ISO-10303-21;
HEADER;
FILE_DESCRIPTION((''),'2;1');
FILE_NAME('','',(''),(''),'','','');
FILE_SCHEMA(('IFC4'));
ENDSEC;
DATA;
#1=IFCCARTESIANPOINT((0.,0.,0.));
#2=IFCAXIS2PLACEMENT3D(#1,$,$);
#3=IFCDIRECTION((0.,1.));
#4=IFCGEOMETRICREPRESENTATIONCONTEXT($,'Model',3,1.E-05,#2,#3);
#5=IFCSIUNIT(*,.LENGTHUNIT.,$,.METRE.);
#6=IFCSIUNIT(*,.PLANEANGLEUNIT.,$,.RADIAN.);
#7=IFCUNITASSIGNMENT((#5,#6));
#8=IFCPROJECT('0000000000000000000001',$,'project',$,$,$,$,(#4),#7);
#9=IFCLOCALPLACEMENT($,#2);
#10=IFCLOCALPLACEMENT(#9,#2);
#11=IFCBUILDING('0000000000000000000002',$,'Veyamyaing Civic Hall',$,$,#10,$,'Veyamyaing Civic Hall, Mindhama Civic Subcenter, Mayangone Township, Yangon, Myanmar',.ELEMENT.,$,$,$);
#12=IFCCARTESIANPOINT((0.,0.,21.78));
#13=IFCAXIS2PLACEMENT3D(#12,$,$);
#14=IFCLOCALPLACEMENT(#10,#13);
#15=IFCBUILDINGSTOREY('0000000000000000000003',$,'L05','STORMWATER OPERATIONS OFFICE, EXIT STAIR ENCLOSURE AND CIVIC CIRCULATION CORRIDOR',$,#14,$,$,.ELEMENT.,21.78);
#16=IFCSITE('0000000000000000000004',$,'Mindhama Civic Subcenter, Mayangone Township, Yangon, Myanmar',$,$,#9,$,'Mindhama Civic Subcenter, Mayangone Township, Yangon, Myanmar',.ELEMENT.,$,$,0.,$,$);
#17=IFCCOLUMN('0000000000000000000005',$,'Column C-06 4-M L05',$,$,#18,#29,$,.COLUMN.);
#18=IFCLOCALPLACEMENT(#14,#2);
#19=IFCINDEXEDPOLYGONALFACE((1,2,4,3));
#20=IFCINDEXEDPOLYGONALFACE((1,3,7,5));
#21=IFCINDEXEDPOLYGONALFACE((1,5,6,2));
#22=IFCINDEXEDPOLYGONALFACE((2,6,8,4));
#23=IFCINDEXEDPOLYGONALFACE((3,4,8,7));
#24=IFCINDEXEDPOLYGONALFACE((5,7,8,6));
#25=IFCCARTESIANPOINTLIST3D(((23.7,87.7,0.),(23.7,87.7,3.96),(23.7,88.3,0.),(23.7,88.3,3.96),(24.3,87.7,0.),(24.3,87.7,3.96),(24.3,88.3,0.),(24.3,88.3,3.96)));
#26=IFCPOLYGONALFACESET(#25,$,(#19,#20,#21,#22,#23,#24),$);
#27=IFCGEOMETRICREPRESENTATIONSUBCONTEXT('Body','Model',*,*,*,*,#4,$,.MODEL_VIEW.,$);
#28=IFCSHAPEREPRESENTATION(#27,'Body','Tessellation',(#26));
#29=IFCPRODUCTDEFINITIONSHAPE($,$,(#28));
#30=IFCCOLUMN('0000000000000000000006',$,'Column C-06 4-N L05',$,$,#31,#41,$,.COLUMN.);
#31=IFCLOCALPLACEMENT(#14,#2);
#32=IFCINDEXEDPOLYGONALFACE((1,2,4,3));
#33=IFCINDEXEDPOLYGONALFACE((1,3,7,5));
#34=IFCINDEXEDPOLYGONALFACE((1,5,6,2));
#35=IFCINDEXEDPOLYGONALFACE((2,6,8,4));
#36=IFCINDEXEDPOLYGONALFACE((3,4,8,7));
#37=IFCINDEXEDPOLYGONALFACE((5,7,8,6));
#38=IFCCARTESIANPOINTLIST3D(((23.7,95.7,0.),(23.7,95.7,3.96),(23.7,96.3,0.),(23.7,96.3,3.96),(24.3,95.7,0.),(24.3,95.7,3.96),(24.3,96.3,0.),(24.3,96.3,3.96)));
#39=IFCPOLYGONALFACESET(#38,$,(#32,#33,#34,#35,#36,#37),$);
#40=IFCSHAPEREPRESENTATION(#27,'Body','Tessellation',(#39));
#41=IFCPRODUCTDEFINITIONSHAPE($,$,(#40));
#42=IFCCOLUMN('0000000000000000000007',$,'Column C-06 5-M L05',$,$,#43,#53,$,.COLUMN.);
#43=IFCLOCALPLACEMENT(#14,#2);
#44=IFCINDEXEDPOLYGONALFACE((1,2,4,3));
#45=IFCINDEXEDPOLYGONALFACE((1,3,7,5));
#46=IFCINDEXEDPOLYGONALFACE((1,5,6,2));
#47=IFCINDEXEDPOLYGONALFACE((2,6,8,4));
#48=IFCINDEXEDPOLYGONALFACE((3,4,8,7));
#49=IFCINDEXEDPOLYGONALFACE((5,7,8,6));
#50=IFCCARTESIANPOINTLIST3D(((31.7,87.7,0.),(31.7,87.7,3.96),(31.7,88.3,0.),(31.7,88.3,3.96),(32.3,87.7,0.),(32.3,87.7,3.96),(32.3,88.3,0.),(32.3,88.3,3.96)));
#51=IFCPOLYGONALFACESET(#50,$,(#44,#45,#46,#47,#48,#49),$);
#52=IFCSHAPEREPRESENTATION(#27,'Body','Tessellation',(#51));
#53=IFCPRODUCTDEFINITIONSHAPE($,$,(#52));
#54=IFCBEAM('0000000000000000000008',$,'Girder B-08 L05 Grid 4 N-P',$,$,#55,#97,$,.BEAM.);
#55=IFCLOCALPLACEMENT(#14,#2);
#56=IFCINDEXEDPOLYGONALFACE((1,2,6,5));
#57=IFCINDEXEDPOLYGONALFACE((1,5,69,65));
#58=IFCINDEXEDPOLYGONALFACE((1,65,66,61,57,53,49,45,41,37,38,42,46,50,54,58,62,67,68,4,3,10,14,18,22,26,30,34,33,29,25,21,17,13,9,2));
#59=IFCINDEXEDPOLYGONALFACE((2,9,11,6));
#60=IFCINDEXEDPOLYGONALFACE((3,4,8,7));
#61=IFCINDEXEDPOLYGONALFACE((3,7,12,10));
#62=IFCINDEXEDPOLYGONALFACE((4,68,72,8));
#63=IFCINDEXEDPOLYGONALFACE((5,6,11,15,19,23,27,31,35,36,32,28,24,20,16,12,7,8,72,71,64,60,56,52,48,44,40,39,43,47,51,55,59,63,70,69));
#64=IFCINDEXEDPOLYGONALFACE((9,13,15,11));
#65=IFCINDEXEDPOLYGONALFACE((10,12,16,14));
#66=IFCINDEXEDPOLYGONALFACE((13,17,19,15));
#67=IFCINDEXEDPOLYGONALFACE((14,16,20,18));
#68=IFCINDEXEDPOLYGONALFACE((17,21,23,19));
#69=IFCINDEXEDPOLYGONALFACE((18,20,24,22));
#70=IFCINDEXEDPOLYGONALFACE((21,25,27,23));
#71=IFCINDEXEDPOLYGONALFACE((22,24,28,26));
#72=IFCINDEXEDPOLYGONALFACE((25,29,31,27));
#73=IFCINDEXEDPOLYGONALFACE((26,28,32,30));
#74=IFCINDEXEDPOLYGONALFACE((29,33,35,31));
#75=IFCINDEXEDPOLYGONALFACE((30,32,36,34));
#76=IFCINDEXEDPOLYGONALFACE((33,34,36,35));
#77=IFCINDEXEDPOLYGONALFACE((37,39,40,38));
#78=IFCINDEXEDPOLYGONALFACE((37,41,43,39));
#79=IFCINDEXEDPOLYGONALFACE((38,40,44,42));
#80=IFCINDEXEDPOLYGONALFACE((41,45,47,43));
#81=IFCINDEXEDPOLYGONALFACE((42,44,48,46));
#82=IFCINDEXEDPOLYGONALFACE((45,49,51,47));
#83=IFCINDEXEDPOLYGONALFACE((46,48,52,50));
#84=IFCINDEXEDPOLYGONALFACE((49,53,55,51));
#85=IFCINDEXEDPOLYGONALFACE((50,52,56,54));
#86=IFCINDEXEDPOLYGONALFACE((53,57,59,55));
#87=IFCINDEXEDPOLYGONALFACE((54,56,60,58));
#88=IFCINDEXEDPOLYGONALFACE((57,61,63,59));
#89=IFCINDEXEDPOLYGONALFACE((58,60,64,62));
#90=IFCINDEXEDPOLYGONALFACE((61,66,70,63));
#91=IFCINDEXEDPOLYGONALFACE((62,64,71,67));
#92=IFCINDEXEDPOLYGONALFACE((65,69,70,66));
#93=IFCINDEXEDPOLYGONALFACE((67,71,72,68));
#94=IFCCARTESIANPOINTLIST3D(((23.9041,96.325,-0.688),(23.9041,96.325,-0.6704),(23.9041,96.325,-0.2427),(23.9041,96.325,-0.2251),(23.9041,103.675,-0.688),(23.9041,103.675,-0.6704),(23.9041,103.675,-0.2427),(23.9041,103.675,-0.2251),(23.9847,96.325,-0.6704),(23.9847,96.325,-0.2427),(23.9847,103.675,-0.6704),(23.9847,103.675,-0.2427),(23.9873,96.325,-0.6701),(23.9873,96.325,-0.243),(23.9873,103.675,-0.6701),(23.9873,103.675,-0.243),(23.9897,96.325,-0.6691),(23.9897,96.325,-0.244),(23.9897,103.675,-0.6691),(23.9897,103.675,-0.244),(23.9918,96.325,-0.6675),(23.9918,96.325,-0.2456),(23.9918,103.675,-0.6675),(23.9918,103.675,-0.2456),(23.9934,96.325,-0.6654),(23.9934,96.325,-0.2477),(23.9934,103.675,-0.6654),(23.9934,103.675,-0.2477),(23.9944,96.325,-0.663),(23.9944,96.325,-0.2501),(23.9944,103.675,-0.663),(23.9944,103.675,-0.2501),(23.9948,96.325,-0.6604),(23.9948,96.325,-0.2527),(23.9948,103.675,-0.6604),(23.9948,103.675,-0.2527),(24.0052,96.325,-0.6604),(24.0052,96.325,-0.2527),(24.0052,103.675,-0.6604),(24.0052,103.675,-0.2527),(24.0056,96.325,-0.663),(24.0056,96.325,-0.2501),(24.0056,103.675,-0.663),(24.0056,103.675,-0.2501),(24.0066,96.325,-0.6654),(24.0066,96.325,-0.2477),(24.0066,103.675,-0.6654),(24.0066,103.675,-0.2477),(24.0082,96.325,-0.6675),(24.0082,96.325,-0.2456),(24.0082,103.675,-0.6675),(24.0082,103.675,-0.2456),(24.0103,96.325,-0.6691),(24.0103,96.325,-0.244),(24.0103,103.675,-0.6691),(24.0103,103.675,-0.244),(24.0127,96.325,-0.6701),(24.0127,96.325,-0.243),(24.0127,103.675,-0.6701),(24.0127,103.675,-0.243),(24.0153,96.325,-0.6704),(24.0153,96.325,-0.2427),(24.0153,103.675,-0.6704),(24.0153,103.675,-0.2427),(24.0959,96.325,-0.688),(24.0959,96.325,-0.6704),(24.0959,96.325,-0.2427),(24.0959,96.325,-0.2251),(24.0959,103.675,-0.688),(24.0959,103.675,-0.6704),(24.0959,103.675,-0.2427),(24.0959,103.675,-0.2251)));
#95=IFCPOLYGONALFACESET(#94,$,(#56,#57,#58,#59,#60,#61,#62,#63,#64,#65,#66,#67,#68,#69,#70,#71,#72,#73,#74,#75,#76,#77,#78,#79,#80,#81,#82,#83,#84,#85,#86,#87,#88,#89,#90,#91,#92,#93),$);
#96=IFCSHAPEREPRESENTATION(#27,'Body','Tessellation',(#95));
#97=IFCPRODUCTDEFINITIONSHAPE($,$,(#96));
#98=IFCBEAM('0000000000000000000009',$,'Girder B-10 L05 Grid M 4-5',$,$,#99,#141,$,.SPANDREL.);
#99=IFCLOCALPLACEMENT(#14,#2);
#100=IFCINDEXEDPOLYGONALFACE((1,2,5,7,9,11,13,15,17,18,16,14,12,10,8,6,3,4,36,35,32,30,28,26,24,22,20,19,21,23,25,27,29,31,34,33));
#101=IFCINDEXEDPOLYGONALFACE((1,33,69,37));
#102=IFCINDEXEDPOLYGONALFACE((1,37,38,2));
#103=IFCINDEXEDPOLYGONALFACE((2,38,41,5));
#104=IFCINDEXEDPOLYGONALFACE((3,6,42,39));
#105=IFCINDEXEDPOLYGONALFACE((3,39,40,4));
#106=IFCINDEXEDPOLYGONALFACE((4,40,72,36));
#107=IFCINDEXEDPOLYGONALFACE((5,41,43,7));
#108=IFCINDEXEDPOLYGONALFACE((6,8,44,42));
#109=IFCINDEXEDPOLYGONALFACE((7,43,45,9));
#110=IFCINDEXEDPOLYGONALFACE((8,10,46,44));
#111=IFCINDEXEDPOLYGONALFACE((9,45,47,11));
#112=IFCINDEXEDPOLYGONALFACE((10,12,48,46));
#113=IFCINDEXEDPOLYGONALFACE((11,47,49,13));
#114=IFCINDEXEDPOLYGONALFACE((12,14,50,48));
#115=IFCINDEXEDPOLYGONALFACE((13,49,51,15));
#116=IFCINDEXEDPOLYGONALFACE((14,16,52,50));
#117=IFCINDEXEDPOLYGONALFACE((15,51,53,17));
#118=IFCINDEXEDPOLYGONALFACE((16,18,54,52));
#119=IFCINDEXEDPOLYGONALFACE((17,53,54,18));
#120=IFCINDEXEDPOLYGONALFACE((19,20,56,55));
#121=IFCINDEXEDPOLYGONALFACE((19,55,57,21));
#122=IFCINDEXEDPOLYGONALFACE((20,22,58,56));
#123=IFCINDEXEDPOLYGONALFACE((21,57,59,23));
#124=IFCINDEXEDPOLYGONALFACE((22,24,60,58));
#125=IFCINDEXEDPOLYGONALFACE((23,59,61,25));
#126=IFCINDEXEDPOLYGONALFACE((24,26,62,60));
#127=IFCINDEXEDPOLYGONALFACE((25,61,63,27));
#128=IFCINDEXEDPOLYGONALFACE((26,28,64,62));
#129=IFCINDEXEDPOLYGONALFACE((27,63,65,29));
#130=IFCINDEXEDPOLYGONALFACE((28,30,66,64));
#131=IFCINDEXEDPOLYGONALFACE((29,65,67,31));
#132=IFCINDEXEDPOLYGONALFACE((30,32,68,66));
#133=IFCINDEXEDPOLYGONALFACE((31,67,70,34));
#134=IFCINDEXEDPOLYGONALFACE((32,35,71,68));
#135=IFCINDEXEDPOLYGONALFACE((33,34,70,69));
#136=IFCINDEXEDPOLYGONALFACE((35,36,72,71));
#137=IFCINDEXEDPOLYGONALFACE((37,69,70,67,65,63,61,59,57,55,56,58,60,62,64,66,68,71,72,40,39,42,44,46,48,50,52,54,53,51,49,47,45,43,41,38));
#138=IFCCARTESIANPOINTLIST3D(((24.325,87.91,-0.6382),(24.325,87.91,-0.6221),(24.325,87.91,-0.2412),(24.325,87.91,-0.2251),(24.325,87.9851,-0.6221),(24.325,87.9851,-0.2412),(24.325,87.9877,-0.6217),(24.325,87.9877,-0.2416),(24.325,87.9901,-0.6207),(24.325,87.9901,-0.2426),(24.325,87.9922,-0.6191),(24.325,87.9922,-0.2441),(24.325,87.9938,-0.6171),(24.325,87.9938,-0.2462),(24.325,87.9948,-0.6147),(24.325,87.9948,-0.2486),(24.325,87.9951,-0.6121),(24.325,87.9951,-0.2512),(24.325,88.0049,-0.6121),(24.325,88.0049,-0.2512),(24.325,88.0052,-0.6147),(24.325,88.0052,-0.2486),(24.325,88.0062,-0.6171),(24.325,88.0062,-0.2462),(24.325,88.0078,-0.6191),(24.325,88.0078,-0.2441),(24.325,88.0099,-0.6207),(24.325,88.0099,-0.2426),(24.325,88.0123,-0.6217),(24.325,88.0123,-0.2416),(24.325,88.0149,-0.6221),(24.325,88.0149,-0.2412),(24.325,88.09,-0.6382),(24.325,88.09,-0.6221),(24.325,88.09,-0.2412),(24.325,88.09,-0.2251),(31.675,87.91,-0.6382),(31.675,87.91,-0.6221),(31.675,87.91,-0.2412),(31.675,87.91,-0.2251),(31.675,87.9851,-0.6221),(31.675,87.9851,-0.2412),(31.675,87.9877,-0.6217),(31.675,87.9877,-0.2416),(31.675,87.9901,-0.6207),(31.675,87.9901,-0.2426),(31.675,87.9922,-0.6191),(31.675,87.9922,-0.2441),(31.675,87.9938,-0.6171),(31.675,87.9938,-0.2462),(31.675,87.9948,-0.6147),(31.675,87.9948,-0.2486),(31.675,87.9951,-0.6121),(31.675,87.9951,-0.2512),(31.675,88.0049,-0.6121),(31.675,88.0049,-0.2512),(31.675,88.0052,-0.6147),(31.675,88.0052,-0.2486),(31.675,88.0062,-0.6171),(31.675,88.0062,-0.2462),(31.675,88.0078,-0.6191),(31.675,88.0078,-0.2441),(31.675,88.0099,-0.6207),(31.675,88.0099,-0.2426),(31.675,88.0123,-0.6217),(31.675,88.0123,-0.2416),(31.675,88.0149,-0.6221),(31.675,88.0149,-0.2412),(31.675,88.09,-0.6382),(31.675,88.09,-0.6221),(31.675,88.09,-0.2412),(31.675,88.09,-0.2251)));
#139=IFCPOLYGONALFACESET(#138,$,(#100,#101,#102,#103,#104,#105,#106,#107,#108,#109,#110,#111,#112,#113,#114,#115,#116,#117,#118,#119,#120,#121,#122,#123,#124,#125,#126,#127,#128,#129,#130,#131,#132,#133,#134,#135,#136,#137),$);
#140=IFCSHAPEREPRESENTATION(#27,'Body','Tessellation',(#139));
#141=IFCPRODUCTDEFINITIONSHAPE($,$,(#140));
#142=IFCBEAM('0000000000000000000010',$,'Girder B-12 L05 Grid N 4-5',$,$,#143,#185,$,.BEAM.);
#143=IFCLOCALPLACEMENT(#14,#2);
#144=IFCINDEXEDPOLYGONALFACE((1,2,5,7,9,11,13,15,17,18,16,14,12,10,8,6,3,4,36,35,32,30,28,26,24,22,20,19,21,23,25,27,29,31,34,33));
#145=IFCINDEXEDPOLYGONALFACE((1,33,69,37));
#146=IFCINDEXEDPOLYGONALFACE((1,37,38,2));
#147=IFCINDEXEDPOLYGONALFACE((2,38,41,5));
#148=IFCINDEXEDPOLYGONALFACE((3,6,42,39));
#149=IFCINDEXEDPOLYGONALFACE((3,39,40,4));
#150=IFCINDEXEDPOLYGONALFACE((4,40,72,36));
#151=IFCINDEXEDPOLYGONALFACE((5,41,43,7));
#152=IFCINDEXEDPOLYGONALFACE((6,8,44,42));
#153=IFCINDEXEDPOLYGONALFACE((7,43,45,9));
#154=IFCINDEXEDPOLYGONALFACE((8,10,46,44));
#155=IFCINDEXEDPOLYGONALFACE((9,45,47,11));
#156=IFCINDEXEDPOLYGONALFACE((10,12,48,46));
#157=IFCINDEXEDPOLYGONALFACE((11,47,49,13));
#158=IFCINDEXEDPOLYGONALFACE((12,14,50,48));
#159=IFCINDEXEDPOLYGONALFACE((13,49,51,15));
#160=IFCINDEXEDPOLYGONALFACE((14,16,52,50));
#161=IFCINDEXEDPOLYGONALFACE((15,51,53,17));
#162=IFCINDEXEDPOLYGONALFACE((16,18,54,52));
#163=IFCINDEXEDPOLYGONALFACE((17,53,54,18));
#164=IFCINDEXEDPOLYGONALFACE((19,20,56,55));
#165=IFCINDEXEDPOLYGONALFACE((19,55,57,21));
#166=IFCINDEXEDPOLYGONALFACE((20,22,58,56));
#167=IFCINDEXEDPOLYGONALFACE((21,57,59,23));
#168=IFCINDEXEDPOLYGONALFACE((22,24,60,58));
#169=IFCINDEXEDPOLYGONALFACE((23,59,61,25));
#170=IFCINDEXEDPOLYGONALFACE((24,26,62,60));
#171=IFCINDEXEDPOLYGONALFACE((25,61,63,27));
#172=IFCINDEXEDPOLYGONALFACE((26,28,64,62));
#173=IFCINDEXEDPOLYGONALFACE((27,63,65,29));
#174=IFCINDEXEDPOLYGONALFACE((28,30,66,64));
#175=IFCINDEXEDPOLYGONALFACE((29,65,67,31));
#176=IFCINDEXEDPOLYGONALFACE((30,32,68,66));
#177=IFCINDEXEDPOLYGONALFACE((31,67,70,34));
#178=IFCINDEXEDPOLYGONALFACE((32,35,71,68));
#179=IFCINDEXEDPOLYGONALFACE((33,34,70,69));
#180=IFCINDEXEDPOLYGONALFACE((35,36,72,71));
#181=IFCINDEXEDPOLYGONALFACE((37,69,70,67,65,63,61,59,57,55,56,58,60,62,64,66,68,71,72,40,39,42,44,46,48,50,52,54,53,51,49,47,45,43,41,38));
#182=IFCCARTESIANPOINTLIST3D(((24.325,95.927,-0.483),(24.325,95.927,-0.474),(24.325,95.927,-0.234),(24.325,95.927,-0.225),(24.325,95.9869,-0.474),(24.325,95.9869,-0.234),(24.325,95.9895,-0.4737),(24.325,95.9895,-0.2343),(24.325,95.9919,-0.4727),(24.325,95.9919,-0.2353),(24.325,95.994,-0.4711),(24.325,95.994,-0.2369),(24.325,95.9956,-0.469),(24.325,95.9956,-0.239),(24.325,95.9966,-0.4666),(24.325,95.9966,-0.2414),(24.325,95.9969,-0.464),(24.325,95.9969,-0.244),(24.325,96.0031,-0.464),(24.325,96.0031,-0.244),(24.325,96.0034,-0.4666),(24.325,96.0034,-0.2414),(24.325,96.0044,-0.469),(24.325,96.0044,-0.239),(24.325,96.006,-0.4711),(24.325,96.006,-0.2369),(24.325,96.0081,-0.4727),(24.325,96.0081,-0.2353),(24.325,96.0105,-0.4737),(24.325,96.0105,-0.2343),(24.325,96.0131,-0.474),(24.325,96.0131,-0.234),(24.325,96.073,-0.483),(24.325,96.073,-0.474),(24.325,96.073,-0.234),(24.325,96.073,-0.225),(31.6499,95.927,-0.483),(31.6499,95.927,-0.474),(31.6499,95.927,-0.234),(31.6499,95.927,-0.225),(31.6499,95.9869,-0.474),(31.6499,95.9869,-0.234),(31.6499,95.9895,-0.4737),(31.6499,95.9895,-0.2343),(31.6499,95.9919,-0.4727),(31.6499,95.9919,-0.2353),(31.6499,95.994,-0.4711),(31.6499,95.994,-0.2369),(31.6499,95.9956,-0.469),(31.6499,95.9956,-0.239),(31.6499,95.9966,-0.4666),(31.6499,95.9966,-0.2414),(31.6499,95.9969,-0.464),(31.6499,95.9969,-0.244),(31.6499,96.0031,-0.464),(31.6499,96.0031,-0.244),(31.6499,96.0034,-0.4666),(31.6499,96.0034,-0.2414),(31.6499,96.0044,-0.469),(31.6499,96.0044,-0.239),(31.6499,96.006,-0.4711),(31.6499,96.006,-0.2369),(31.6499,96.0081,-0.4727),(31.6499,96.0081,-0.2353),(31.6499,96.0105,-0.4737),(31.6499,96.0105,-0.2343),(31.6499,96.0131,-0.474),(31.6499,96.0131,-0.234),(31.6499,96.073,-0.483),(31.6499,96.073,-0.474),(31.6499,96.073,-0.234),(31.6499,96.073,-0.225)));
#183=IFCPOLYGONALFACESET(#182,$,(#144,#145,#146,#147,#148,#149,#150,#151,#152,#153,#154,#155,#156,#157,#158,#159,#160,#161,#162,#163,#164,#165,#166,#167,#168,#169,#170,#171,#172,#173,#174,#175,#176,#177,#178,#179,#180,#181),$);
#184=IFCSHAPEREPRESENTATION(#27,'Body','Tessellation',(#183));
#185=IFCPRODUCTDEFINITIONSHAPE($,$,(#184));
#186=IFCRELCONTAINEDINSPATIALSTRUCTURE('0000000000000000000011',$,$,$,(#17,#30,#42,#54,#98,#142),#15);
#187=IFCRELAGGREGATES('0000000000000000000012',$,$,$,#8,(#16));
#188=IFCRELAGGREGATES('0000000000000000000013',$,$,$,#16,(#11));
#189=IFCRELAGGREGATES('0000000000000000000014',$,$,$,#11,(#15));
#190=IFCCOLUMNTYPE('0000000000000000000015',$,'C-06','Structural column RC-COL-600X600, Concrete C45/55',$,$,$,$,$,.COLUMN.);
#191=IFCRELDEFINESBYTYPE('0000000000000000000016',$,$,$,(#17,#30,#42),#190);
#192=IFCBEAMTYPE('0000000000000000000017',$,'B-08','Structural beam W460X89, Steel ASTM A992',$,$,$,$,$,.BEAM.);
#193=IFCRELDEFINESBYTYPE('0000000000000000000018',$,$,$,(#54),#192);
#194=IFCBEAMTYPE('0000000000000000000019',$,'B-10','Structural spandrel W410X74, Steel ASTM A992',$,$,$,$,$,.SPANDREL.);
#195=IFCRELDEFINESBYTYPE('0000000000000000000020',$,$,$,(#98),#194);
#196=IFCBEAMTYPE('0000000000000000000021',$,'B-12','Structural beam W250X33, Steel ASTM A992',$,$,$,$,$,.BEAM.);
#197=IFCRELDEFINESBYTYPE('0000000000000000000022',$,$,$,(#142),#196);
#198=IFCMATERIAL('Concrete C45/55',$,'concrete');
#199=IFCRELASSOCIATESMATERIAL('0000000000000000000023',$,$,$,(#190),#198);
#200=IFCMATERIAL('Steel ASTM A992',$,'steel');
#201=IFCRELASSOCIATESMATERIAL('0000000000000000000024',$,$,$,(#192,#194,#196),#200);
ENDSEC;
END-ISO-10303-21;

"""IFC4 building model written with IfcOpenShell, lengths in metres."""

from ifc_helpers import new_model, si_unit, direction, frame, origin, origin_2d, place, context, subcontext, project, spatial, rectangle, i_section, extrude, material, material_profile, profile_set, type_object, element, save


model = new_model("IFC4")

# Units and contexts
model_context = context("Model", 3, precision=1e-05, world=origin(), true_north=direction((0.0, 1.0)))
body_context = subcontext(model_context, "Body", "Model", "MODEL_VIEW")
ifc_project = project(units=[si_unit("LENGTHUNIT", "METRE"), si_unit("PLANEANGLEUNIT", "RADIAN")], contexts=[model_context])

# Site, building, storey
site_placement = place(None, origin())
site = spatial("IfcSite", under=ifc_project, at=site_placement, Name="Mindhama Civic Subcenter, Mayangone Township, Yangon, Myanmar", LongName="Mindhama Civic Subcenter, Mayangone Township, Yangon, Myanmar", CompositionType="ELEMENT", RefElevation=0.0)
building_placement = place(site_placement, origin())
building = spatial("IfcBuilding", under=site, at=building_placement, Name="Veyamyaing Civic Hall", LongName="Veyamyaing Civic Hall, Mindhama Civic Subcenter, Mayangone Township, Yangon, Myanmar", CompositionType="ELEMENT")
storey_placement = place(building_placement, frame((0.0, 0.0, 21.78)))
storey = spatial("IfcBuildingStorey", under=building, at=storey_placement, Name="L05", Description="STORMWATER OPERATIONS OFFICE, EXIT STAIR ENCLOSURE AND CIVIC CIRCULATION CORRIDOR", CompositionType="ELEMENT", Elevation=21.78)

# Columns
ifc_material_1 = material(Name="Concrete C45/55", Category="concrete")
ifc_material_profile_1 = material_profile(ifc_material_1, rectangle(XDim=0.6001, YDim=0.6001, at=origin_2d()), Name="RC-COL-600X600")
ifc_profile_set_1 = profile_set([ifc_material_profile_1], Name="Concrete C45/55")
column_type = type_object("IfcColumnType", Name="C-06", Description="Structural column RC-COL-600X600, Concrete C45/55", PredefinedType="COLUMN", material=ifc_profile_set_1)
for number, where, z_axis, x_axis, name in (
    (1, (24.0, 88.0, 0.0), (0.0, 0.0, 1.0), (1.0, 0.0, 0.0), "Column C-06 4-M L05"),
    (2, (24.0, 96.0, 0.0), (0.0, 0.0, 1.0), (1.0, 0.0, 0.0), "Column C-06 4-N L05"),
    (3, (32.0, 88.0, 0.0), (0.0, 0.0, 1.0), (1.0, 0.0, 0.0), "Column C-06 5-M L05"),
):
    element("IfcColumn", number, at=place(storey_placement, frame(where, z_axis=z_axis, x_axis=x_axis)), inside=storey, type_object=column_type, Name=name, PredefinedType="COLUMN", context=body_context, shape_type="SweptSolid", body=[
        extrude(rectangle(XDim=0.6001, YDim=0.6001, at=origin_2d()), origin(), (0.0, 0.0, 1.0), 3.96),
    ])

# Beams
ifc_material_2 = material(Name="Steel ASTM A992", Category="steel")
ifc_material_profile_2 = material_profile(ifc_material_2, i_section(OverallWidth=0.1919, OverallDepth=0.4629, WebThickness=0.0105, FlangeThickness=0.0176, FilletRadius=0.01, at=origin_2d()), Name="W460X89")
ifc_profile_set_2 = profile_set([ifc_material_profile_2], Name="Steel ASTM A992")
beam_type_1 = type_object("IfcBeamType", Name="B-08", Description="Structural beam W460X89, Steel ASTM A992", PredefinedType="BEAM", material=ifc_profile_set_2)
beam_1_placement = place(storey_placement, frame((24.0, 96.325, -0.4565), z_axis=(0.0, 1.0, 0.0), x_axis=(-1.0, 0.0, 0.0)))
element("IfcBeam", 4, at=beam_1_placement, inside=storey, type_object=beam_type_1, Name="Girder B-08 L05 Grid 4 N-P", PredefinedType="BEAM", context=body_context, shape_type="SweptSolid", body=[
    extrude(i_section(OverallWidth=0.1919, OverallDepth=0.4629, WebThickness=0.0105, FlangeThickness=0.0176, FilletRadius=0.01, at=origin_2d()), origin(), (0.0, 0.0, 1.0), 7.3501),
])
ifc_material_profile_3 = material_profile(ifc_material_2, i_section(OverallWidth=0.1799, OverallDepth=0.4131, WebThickness=0.0098, FlangeThickness=0.0161, FilletRadius=0.01, at=origin_2d()), Name="W410X74")
ifc_profile_set_3 = profile_set([ifc_material_profile_3], Name="Steel ASTM A992")
beam_type_2 = type_object("IfcBeamType", Name="B-10", Description="Structural spandrel W410X74, Steel ASTM A992", PredefinedType="SPANDREL", material=ifc_profile_set_3)
beam_2_placement = place(storey_placement, frame((24.325, 88.0, -0.4316), z_axis=(1.0, 0.0, 0.0), x_axis=(0.0, 1.0, 0.0)))
element("IfcBeam", 5, at=beam_2_placement, inside=storey, type_object=beam_type_2, Name="Girder B-10 L05 Grid M 4-5", PredefinedType="SPANDREL", context=body_context, shape_type="SweptSolid", body=[
    extrude(i_section(OverallWidth=0.1799, OverallDepth=0.4131, WebThickness=0.0098, FlangeThickness=0.0161, FilletRadius=0.01, at=origin_2d()), origin(), (0.0, 0.0, 1.0), 7.3501),
])
ifc_material_profile_4 = material_profile(ifc_material_2, i_section(OverallWidth=0.146, OverallDepth=0.2581, WebThickness=0.0061, FlangeThickness=0.009, FilletRadius=0.01, at=origin_2d()), Name="W250X33")
ifc_profile_set_4 = profile_set([ifc_material_profile_4], Name="Steel ASTM A992")
beam_type_3 = type_object("IfcBeamType", Name="B-12", Description="Structural beam W250X33, Steel ASTM A992", PredefinedType="BEAM", material=ifc_profile_set_4)
beam_3_placement = place(storey_placement, frame((24.325, 96.0, -0.354), z_axis=(1.0, 0.0, 0.0), x_axis=(0.0, 1.0, 0.0)))
element("IfcBeam", 6, at=beam_3_placement, inside=storey, type_object=beam_type_3, Name="Girder B-12 L05 Grid N 4-5", PredefinedType="BEAM", context=body_context, shape_type="SweptSolid", body=[
    extrude(i_section(OverallWidth=0.146, OverallDepth=0.2581, WebThickness=0.0061, FlangeThickness=0.009, FilletRadius=0.01, at=origin_2d()), origin(), (0.0, 0.0, 1.0), 7.325),
])

save(model, "model.ifc")
